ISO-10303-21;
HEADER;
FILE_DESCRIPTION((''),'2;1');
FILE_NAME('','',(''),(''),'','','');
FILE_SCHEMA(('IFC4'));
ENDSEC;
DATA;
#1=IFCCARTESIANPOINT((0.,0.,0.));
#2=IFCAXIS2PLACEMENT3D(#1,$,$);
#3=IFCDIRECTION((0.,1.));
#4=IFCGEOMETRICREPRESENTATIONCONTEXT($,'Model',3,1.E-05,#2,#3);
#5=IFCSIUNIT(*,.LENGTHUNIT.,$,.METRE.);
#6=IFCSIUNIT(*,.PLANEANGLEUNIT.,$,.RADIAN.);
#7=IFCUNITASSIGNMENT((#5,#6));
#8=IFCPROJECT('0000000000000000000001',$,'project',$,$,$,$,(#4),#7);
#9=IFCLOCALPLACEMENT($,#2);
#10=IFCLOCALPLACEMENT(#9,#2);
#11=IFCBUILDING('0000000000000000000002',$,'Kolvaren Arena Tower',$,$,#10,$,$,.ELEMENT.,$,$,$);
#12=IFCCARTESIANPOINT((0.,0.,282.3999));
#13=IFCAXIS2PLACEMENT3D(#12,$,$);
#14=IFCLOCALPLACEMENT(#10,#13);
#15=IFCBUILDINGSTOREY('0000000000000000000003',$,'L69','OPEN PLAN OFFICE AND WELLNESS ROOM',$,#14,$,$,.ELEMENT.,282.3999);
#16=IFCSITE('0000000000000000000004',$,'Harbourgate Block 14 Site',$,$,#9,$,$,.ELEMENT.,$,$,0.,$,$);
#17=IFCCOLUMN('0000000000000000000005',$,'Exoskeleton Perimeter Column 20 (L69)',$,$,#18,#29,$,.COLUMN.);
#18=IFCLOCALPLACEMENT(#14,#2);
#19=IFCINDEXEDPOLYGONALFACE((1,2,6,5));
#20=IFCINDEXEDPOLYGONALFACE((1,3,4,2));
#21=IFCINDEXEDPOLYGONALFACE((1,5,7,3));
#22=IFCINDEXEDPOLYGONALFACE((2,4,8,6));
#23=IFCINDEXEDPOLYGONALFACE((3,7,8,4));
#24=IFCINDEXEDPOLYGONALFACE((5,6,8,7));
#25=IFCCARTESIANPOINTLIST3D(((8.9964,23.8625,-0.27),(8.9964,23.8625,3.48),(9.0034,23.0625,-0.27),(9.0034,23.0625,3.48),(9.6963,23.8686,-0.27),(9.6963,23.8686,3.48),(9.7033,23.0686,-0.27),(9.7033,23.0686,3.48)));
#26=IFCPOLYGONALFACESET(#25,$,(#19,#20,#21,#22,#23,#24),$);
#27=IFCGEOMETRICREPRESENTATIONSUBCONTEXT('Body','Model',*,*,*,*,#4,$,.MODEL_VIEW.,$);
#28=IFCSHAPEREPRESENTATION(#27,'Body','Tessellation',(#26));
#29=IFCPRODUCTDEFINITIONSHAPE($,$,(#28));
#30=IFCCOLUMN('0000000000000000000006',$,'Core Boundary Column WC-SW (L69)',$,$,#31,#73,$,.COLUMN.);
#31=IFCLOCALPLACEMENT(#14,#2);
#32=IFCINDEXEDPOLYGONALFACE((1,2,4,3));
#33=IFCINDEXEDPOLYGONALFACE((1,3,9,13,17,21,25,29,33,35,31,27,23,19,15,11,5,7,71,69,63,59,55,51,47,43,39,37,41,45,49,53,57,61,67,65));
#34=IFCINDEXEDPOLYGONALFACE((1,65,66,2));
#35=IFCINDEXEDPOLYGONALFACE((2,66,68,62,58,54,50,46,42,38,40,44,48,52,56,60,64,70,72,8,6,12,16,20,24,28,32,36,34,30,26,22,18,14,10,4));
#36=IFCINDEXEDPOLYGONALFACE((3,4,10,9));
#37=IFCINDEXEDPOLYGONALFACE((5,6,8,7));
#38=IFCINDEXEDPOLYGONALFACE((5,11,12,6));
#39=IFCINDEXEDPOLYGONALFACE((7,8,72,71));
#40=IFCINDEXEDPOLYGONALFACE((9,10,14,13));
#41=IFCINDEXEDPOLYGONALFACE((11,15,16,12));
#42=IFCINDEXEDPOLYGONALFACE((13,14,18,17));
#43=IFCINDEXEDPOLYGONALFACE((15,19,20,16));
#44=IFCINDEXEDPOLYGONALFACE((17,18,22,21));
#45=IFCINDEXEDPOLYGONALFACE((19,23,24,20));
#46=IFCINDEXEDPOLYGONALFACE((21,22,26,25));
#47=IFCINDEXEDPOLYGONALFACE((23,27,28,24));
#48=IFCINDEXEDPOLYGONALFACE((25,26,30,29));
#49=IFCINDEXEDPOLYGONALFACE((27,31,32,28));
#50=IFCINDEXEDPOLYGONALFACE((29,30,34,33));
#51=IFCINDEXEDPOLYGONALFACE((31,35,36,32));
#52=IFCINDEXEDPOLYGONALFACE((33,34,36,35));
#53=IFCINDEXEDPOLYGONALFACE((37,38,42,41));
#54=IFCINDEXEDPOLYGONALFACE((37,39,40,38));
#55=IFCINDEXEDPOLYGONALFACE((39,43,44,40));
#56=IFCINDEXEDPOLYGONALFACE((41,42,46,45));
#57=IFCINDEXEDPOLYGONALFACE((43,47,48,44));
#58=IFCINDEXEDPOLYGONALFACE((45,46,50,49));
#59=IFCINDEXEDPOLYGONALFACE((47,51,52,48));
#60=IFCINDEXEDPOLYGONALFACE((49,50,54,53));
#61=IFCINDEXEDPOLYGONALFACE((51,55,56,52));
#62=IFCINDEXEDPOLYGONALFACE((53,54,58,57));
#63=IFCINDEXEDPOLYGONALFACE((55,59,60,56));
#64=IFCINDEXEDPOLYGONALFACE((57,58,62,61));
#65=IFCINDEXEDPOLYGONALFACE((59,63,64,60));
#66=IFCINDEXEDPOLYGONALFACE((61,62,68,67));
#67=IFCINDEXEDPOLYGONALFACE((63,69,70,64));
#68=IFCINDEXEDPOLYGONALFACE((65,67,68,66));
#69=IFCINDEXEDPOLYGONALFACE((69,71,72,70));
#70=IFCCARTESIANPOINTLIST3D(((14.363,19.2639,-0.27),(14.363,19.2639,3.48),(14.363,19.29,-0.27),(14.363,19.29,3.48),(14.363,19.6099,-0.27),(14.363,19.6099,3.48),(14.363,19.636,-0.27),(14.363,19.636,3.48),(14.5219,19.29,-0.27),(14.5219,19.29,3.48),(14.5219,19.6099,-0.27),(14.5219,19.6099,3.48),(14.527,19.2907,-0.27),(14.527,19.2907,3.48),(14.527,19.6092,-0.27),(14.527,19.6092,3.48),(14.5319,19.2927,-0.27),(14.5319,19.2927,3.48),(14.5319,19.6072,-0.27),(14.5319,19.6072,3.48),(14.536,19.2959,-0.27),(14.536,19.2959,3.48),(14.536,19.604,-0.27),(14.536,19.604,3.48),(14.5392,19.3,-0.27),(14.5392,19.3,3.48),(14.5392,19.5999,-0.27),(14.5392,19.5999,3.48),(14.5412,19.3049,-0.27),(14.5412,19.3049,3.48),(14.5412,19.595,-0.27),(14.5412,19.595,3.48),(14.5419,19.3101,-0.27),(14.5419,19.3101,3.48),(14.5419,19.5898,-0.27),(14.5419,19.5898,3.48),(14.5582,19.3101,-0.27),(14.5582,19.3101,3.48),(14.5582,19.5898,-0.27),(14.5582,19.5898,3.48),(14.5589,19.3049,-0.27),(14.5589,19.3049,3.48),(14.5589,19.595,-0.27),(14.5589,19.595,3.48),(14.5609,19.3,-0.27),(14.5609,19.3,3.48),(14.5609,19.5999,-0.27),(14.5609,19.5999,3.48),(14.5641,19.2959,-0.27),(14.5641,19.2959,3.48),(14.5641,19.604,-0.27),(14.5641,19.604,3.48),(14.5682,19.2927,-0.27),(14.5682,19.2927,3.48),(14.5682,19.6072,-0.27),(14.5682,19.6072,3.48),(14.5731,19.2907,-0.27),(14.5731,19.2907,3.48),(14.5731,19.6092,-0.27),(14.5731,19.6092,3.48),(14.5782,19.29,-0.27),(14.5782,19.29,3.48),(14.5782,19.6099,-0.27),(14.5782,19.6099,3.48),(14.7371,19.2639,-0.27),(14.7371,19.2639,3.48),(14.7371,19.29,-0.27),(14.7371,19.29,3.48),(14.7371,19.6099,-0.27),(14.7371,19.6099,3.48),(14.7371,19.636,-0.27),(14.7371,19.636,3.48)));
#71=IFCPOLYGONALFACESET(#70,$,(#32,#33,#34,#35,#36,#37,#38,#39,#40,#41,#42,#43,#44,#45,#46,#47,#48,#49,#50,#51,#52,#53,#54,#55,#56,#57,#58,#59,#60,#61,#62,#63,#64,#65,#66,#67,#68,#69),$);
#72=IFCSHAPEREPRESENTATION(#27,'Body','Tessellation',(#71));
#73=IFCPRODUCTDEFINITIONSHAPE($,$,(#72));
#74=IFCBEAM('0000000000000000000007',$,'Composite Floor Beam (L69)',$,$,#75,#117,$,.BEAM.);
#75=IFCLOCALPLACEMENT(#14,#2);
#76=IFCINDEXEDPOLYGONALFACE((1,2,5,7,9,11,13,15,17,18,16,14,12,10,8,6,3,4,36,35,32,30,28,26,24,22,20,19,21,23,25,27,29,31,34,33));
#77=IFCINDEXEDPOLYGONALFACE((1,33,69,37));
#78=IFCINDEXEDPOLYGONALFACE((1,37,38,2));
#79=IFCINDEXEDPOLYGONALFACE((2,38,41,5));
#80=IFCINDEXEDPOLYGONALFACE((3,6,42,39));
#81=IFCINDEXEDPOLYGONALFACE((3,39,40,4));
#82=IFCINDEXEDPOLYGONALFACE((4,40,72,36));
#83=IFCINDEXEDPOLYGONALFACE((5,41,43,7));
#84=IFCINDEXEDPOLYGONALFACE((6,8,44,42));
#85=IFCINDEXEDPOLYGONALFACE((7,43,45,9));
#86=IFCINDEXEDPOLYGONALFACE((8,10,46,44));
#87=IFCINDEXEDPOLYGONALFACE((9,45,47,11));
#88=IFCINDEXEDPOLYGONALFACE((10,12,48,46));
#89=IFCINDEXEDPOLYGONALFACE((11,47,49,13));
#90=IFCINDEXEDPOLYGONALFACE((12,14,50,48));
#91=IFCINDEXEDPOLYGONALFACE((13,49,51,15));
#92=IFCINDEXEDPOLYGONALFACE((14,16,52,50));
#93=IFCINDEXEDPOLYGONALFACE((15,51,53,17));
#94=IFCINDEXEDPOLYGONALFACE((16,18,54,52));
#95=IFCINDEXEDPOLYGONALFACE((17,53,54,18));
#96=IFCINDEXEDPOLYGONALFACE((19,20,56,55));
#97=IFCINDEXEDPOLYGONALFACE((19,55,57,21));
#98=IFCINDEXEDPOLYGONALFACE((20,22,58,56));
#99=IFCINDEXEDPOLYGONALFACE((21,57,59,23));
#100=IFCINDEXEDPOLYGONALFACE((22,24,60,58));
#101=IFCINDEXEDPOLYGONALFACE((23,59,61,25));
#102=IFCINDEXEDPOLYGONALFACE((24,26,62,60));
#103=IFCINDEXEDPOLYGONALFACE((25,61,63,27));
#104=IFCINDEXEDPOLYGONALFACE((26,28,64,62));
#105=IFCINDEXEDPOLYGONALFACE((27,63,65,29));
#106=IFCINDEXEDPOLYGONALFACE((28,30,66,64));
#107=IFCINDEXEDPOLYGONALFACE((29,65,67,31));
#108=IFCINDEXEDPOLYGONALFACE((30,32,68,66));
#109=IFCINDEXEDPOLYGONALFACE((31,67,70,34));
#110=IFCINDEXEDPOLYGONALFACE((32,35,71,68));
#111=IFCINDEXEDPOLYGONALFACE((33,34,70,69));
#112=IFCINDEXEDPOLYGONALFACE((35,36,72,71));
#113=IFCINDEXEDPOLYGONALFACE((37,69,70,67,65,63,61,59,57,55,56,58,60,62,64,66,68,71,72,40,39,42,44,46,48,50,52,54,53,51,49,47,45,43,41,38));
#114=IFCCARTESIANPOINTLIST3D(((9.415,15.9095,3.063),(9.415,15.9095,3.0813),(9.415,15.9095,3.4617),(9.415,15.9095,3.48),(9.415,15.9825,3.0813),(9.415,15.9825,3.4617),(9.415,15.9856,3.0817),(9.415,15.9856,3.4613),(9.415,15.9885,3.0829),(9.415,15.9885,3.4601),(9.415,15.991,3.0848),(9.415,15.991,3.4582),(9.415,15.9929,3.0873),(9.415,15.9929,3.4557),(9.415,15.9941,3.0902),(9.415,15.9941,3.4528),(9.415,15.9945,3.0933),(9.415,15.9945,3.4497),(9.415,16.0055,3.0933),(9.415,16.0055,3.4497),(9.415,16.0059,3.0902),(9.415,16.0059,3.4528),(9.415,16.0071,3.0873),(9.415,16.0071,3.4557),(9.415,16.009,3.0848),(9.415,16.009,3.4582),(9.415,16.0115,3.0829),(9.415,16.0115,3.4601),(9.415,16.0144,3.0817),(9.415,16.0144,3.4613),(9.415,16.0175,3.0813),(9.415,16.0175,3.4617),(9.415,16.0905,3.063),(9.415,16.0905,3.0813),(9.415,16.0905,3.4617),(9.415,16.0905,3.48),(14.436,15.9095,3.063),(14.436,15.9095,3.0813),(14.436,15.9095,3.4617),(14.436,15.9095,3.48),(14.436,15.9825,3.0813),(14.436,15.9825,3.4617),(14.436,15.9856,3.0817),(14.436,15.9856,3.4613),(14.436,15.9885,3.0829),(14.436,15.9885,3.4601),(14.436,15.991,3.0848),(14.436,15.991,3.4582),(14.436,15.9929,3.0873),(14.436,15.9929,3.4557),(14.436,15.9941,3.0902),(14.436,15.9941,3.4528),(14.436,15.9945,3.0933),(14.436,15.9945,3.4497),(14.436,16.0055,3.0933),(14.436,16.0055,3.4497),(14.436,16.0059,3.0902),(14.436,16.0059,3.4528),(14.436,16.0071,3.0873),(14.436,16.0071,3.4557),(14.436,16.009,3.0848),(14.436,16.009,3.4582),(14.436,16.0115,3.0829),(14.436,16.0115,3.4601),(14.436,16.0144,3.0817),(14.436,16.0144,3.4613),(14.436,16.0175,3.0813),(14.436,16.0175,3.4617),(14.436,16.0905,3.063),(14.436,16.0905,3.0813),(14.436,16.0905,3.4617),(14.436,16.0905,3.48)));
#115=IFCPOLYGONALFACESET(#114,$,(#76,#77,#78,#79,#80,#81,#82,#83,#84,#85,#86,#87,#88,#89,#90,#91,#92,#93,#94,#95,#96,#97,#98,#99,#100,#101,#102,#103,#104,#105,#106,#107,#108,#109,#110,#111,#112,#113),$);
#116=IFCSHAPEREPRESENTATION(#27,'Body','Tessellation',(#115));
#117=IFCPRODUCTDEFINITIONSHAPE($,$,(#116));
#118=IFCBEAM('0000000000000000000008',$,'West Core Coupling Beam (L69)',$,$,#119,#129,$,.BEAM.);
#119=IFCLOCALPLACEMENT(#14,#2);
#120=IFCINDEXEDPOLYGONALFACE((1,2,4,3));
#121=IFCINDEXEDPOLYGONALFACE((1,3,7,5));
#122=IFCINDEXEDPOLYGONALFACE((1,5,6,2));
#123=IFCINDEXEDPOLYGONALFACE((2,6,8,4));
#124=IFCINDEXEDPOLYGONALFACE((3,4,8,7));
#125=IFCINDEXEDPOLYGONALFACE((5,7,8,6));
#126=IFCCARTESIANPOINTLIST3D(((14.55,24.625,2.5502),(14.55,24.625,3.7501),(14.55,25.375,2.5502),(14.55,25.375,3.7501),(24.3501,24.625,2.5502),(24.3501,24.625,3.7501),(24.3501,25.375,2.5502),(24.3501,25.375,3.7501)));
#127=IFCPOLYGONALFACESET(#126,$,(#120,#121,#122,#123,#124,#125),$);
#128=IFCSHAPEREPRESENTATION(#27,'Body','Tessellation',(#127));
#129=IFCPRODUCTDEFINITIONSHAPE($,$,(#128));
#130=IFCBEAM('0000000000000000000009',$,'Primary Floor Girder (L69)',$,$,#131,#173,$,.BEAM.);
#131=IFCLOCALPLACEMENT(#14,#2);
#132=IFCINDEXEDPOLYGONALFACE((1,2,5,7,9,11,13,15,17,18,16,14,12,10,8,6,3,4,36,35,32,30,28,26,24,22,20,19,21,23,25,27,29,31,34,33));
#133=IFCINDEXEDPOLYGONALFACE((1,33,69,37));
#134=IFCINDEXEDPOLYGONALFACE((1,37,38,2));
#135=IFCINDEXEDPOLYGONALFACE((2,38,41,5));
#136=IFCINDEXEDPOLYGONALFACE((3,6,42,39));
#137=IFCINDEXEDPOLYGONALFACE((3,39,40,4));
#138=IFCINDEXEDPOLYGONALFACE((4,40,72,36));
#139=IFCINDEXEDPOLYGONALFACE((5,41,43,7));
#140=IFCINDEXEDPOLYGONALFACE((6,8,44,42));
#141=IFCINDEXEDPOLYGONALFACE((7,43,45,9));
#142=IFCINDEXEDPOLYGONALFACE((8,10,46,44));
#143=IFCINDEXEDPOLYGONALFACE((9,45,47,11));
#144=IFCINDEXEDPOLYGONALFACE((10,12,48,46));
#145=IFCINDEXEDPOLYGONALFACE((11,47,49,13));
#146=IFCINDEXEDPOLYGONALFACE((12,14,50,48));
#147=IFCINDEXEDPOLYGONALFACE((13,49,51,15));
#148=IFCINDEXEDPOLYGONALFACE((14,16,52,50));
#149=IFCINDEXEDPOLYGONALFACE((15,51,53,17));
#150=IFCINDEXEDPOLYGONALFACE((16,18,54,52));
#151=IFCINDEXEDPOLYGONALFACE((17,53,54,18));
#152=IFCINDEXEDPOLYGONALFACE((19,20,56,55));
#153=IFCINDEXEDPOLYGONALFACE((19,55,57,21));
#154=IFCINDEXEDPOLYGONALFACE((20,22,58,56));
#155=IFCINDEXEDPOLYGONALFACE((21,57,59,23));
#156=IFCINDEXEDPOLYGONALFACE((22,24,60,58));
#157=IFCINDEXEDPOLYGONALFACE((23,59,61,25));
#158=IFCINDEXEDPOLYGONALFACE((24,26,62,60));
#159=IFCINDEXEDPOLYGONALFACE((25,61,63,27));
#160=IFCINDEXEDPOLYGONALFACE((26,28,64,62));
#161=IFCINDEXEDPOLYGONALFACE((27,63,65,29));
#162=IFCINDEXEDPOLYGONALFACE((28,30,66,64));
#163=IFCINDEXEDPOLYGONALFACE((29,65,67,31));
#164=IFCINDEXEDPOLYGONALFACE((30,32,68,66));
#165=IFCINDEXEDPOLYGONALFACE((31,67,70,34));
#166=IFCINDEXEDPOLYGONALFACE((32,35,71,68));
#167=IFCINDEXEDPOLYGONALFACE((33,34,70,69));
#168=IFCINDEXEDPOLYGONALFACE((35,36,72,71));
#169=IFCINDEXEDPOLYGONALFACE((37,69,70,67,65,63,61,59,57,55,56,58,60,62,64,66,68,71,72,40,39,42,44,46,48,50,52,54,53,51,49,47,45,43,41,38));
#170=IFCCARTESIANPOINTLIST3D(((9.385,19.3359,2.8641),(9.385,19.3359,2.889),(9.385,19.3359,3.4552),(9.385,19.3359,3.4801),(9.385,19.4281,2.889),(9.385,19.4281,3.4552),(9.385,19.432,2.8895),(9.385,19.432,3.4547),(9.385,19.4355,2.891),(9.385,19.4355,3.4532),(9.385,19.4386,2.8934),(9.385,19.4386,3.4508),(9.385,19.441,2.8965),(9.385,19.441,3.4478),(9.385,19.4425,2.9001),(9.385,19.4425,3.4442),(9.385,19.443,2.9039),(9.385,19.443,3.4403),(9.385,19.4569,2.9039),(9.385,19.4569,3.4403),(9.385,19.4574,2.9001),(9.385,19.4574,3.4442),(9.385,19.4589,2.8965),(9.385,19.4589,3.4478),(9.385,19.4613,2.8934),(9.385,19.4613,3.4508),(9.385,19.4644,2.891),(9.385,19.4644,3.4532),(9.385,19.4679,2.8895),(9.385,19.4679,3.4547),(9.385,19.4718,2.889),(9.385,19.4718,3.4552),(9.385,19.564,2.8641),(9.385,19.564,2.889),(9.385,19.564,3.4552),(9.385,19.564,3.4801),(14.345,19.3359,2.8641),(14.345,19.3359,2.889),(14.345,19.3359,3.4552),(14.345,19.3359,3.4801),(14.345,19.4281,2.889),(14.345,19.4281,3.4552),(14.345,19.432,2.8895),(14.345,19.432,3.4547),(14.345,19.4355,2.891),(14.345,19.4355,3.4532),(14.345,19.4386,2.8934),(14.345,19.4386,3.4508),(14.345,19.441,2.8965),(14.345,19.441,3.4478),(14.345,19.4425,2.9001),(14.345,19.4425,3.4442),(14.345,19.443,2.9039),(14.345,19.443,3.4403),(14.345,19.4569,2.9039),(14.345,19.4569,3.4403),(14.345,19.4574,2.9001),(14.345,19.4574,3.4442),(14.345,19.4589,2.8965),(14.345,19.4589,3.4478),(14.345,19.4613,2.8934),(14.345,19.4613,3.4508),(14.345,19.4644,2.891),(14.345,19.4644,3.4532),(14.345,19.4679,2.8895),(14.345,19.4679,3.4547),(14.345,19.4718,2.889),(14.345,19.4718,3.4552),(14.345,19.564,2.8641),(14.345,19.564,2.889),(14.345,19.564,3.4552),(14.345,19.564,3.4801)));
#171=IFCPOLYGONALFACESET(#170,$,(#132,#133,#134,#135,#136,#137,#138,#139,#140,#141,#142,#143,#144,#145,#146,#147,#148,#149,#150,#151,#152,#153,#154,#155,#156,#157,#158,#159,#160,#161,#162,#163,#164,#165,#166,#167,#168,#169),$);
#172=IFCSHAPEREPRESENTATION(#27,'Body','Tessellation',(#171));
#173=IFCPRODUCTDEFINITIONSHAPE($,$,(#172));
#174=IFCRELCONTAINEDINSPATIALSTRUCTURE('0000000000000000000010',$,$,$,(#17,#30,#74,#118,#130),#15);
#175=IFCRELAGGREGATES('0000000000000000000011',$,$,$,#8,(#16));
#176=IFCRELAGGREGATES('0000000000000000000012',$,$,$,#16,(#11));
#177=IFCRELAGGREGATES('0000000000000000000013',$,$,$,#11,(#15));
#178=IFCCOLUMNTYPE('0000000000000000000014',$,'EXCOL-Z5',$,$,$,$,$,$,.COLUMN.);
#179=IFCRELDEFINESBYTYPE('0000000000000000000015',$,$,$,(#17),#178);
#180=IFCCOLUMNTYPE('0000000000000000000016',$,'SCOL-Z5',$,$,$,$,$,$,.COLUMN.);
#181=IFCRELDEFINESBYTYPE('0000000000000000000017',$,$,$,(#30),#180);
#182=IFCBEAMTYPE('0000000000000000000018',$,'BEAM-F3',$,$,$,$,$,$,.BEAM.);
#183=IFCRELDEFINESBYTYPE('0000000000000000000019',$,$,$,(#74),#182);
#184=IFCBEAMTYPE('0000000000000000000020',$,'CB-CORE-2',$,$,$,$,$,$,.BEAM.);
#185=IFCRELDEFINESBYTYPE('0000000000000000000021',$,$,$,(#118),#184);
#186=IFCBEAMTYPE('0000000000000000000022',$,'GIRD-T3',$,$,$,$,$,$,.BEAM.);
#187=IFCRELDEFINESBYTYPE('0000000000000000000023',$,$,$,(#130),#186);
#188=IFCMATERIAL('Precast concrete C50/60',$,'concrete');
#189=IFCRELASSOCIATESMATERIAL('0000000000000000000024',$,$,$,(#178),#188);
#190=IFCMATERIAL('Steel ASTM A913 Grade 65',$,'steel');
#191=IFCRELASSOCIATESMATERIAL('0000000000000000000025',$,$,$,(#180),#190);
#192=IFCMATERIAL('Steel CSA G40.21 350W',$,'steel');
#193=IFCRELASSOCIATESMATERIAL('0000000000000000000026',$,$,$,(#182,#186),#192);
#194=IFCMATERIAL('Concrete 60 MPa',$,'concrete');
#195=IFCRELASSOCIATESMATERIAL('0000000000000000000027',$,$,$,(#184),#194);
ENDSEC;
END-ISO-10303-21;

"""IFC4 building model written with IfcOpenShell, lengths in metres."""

from ifc_helpers import new_model, si_unit, direction, frame, origin, origin_2d, place, context, subcontext, project, spatial, rectangle, i_section, extrude, material, material_profile, profile_set, type_object, element, save


model = new_model("IFC4")

# Units and contexts
model_context = context("Model", 3, precision=1e-05, world=origin(), true_north=direction((0.0, 1.0)))
body_context = subcontext(model_context, "Body", "Model", "MODEL_VIEW")
ifc_project = project(units=[si_unit("LENGTHUNIT", "METRE"), si_unit("PLANEANGLEUNIT", "RADIAN")], contexts=[model_context])

# Site, building, storey
site_placement = place(None, origin())
site = spatial("IfcSite", under=ifc_project, at=site_placement, Name="Harbourgate Block 14 Site", CompositionType="ELEMENT", RefElevation=0.0)
building_placement = place(site_placement, origin())
building = spatial("IfcBuilding", under=site, at=building_placement, Name="Kolvaren Arena Tower", CompositionType="ELEMENT")
storey_placement = place(building_placement, frame((0.0, 0.0, 282.3999)))
storey = spatial("IfcBuildingStorey", under=building, at=storey_placement, Name="L69", Description="OPEN PLAN OFFICE AND WELLNESS ROOM", CompositionType="ELEMENT", Elevation=282.3999)

# Columns
ifc_material_1 = material(Name="Precast concrete C50/60", Category="concrete")
ifc_material_profile_1 = material_profile(ifc_material_1, rectangle(XDim=0.8, YDim=0.7, at=origin_2d()), Name="RC-800x700")
ifc_profile_set_1 = profile_set([ifc_material_profile_1], Name="Precast concrete C50/60")
column_type_1 = type_object("IfcColumnType", Name="EXCOL-Z5", PredefinedType="COLUMN", material=ifc_profile_set_1)
column_1_placement = place(storey_placement, frame((9.3499, 23.4656, -0.27), z_axis=(0.0, 0.0, 1.0), x_axis=(-0.008727, 0.999962, 0.0)))
element("IfcColumn", 1, at=column_1_placement, inside=storey, type_object=column_type_1, Name="Exoskeleton Perimeter Column 20 (L69)", PredefinedType="COLUMN", context=body_context, shape_type="SweptSolid", body=[
    extrude(rectangle(XDim=0.8, YDim=0.7, at=origin_2d()), origin(), (0.0, 0.0, 1.0), 3.75),
])
ifc_material_2 = material(Name="Steel ASTM A913 Grade 65", Category="steel")
ifc_material_profile_2 = material_profile(ifc_material_2, i_section(OverallWidth=0.374, OverallDepth=0.3721, WebThickness=0.0164, FlangeThickness=0.0261, FilletRadius=0.02, at=origin_2d()), Name="W360x196")
ifc_profile_set_2 = profile_set([ifc_material_profile_2], Name="Steel ASTM A913 Grade 65")
column_type_2 = type_object("IfcColumnType", Name="SCOL-Z5", PredefinedType="COLUMN", material=ifc_profile_set_2)
column_2_placement = place(storey_placement, frame((14.55, 19.45, -0.27), z_axis=(0.0, 0.0, 1.0), x_axis=(1.0, 0.0, 0.0)))
element("IfcColumn", 2, at=column_2_placement, inside=storey, type_object=column_type_2, Name="Core Boundary Column WC-SW (L69)", PredefinedType="COLUMN", context=body_context, shape_type="SweptSolid", body=[
    extrude(i_section(OverallWidth=0.374, OverallDepth=0.3721, WebThickness=0.0164, FlangeThickness=0.0261, FilletRadius=0.02, at=origin_2d()), origin(), (0.0, 0.0, 1.0), 3.75),
])

# Beams
ifc_material_3 = material(Name="Steel CSA G40.21 350W", Category="steel")
ifc_material_profile_3 = material_profile(ifc_material_3, i_section(OverallWidth=0.1809, OverallDepth=0.417, WebThickness=0.011, FlangeThickness=0.0183, FilletRadius=0.012, at=origin_2d()), Name="W410x85")
ifc_profile_set_3 = profile_set([ifc_material_profile_3], Name="Steel CSA G40.21 350W")
beam_type_1 = type_object("IfcBeamType", Name="BEAM-F3", PredefinedType="BEAM", material=ifc_profile_set_3)
beam_1_placement = place(storey_placement, frame((9.415, 16.0, 3.2715), z_axis=(1.0, 0.0, 0.0), x_axis=(0.0, 1.0, 0.0)))
element("IfcBeam", 3, at=beam_1_placement, inside=storey, type_object=beam_type_1, Name="Composite Floor Beam (L69)", PredefinedType="BEAM", context=body_context, shape_type="SweptSolid", body=[
    extrude(i_section(OverallWidth=0.1809, OverallDepth=0.417, WebThickness=0.011, FlangeThickness=0.0183, FilletRadius=0.012, at=origin_2d()), origin(), (0.0, 0.0, 1.0), 5.021),
])
ifc_material_4 = material(Name="Concrete 60 MPa", Category="concrete")
ifc_material_profile_4 = material_profile(ifc_material_4, rectangle(XDim=0.75, YDim=1.2, at=origin_2d()), Name="RC-750x1200")
ifc_profile_set_4 = profile_set([ifc_material_profile_4], Name="Concrete 60 MPa")
beam_type_2 = type_object("IfcBeamType", Name="CB-CORE-2", PredefinedType="BEAM", material=ifc_profile_set_4)
beam_2_placement = place(storey_placement, frame((14.55, 25.0, 3.1501), z_axis=(1.0, 0.0, 0.0), x_axis=(0.0, 1.0, 0.0)))
element("IfcBeam", 4, at=beam_2_placement, inside=storey, type_object=beam_type_2, Name="West Core Coupling Beam (L69)", PredefinedType="BEAM", context=body_context, shape_type="SweptSolid", body=[
    extrude(rectangle(XDim=0.75, YDim=1.2, at=origin_2d()), origin(), (0.0, 0.0, 1.0), 9.8),
])
ifc_material_profile_5 = material_profile(ifc_material_3, i_section(OverallWidth=0.228, OverallDepth=0.616, WebThickness=0.0139, FlangeThickness=0.0249, FilletRadius=0.0149, at=origin_2d()), Name="W610x174")
ifc_profile_set_5 = profile_set([ifc_material_profile_5], Name="Steel CSA G40.21 350W")
beam_type_3 = type_object("IfcBeamType", Name="GIRD-T3", PredefinedType="BEAM", material=ifc_profile_set_5)
beam_3_placement = place(storey_placement, frame((9.385, 19.45, 3.1721), z_axis=(1.0, 0.0, 0.0), x_axis=(0.0, 1.0, 0.0)))
element("IfcBeam", 5, at=beam_3_placement, inside=storey, type_object=beam_type_3, Name="Primary Floor Girder (L69)", PredefinedType="BEAM", context=body_context, shape_type="SweptSolid", body=[
    extrude(i_section(OverallWidth=0.228, OverallDepth=0.616, WebThickness=0.0139, FlangeThickness=0.0249, FilletRadius=0.0149, at=origin_2d()), origin(), (0.0, 0.0, 1.0), 4.96),
])

save(model, "model.ifc")
